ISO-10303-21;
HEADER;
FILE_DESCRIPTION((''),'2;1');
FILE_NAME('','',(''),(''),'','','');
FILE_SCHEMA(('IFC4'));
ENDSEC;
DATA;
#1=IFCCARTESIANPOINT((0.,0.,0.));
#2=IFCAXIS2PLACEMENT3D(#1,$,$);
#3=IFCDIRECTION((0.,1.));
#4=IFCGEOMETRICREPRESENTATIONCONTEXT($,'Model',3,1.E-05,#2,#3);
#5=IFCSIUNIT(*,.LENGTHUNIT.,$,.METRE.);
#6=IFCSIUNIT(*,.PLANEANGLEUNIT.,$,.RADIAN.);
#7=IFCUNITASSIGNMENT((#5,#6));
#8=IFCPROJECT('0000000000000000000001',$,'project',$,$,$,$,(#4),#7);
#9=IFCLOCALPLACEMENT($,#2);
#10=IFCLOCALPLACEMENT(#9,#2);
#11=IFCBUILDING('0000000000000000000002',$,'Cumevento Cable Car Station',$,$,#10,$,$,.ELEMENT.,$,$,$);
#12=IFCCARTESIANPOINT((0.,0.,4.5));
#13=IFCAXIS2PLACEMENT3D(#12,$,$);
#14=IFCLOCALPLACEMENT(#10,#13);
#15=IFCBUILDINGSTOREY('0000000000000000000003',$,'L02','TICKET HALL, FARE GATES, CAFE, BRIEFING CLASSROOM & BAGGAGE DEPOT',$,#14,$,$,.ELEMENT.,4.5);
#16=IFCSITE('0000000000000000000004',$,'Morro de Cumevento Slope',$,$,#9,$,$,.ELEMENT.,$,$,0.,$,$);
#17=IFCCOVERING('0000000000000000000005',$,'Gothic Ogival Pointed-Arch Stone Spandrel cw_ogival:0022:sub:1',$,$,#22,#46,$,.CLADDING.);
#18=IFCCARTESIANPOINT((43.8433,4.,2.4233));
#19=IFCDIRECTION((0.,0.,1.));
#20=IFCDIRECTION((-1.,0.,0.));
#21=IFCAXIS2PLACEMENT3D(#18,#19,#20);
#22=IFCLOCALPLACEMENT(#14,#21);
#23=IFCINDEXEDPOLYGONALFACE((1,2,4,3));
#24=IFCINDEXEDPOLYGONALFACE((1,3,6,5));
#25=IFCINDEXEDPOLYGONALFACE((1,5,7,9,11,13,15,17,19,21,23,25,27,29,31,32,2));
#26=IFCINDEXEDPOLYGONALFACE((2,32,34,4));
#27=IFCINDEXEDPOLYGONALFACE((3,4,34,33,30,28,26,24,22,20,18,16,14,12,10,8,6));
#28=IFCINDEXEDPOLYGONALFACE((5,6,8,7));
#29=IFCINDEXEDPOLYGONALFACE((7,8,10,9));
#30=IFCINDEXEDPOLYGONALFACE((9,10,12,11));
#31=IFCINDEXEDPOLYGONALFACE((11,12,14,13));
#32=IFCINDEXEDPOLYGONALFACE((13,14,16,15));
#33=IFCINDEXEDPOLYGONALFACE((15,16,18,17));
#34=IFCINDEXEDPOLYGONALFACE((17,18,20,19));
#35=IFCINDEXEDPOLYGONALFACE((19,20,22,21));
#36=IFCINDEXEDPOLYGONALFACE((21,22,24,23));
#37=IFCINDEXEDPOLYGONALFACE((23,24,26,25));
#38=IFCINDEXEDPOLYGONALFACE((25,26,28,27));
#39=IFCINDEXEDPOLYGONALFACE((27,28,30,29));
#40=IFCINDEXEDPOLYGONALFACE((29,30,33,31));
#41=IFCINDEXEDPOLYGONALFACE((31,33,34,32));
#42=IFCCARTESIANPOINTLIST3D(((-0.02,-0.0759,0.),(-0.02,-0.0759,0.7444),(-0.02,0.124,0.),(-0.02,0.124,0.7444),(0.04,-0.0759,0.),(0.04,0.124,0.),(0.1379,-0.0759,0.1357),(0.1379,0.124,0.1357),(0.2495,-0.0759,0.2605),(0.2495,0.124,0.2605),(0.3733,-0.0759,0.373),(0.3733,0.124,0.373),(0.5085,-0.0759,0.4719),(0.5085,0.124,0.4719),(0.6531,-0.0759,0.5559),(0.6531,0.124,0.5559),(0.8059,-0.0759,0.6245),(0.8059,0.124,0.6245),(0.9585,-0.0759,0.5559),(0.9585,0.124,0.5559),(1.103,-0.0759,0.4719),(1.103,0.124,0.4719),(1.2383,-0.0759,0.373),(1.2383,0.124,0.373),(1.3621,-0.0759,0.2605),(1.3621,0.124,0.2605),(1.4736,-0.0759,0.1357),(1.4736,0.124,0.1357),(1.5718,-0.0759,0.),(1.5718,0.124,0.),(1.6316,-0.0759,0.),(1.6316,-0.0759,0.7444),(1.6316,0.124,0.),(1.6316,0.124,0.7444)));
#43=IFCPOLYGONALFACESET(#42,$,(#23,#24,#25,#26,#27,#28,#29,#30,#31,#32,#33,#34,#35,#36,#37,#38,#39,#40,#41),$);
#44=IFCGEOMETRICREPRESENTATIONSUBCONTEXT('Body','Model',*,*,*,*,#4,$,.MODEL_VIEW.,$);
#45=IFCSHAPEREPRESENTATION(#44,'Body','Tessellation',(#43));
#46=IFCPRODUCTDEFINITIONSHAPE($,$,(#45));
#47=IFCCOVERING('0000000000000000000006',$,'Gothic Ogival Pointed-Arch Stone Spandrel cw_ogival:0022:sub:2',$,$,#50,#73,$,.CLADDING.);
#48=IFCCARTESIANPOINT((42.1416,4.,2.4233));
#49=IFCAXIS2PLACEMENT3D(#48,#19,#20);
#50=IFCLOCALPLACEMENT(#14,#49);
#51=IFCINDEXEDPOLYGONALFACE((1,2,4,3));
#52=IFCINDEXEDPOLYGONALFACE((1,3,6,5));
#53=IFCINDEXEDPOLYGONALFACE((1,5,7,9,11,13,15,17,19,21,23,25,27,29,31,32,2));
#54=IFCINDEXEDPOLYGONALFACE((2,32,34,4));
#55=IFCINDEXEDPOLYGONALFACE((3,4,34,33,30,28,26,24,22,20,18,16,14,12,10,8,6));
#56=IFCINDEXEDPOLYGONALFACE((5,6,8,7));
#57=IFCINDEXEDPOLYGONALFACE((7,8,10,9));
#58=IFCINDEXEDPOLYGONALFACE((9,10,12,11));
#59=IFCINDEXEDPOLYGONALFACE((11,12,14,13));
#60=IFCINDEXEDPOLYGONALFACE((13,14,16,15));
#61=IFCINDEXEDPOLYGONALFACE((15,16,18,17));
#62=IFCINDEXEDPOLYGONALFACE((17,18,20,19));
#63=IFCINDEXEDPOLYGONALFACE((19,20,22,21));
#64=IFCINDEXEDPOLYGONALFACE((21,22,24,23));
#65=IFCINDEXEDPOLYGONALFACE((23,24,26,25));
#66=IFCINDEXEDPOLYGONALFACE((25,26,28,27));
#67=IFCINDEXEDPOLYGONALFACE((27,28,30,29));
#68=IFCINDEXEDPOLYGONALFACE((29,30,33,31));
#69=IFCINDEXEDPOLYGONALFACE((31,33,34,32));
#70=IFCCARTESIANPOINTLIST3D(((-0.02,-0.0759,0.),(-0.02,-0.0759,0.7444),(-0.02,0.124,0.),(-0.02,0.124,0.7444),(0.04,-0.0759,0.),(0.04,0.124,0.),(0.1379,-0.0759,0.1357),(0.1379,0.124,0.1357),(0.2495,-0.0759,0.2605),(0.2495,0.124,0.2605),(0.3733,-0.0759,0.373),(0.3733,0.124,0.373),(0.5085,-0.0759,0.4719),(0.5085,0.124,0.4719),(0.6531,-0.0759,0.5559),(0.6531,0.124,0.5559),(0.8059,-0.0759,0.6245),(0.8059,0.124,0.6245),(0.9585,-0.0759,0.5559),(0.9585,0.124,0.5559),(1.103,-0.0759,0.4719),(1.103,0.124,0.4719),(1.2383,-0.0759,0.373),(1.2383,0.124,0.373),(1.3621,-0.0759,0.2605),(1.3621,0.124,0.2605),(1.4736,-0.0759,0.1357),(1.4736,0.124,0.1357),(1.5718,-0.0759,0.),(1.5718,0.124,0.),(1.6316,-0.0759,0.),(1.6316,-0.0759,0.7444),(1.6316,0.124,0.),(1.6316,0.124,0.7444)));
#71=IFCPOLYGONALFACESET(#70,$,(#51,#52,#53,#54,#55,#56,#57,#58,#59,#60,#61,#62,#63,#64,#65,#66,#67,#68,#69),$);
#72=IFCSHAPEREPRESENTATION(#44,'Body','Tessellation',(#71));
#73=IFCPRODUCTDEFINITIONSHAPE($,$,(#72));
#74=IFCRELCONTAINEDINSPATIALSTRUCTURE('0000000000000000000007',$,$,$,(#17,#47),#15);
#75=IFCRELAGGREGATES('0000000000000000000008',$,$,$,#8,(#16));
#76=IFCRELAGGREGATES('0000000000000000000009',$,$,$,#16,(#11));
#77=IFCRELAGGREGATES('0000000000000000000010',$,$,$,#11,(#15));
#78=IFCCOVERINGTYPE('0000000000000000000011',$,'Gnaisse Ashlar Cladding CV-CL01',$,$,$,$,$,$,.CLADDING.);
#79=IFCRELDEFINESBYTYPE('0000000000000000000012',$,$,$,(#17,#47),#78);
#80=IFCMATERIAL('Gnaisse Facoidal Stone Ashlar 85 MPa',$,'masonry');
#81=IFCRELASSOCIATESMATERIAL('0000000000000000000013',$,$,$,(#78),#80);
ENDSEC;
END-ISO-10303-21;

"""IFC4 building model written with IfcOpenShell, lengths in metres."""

from ifc_helpers import new_model, si_unit, direction, frame, origin, place, context, subcontext, project, spatial, polyline, outline, extrude, material, type_object, element, save


model = new_model("IFC4")

# Units and contexts
model_context = context("Model", 3, precision=1e-05, world=origin(), true_north=direction((0.0, 1.0)))
body_context = subcontext(model_context, "Body", "Model", "MODEL_VIEW")
ifc_project = project(units=[si_unit("LENGTHUNIT", "METRE"), si_unit("PLANEANGLEUNIT", "RADIAN")], contexts=[model_context])

# Site, building, storey
site_placement = place(None, origin())
site = spatial("IfcSite", under=ifc_project, at=site_placement, Name="Morro de Cumevento Slope", CompositionType="ELEMENT", RefElevation=0.0)
building_placement = place(site_placement, origin())
building = spatial("IfcBuilding", under=site, at=building_placement, Name="Cumevento Cable Car Station", CompositionType="ELEMENT")
storey_placement = place(building_placement, frame((0.0, 0.0, 4.5)))
storey = spatial("IfcBuildingStorey", under=building, at=storey_placement, Name="L02", Description="TICKET HALL, FARE GATES, CAFE, BRIEFING CLASSROOM & BAGGAGE DEPOT", CompositionType="ELEMENT", Elevation=4.5)

# Coverings
ifc_material_1 = material(Name="Gnaisse Facoidal Stone Ashlar 85 MPa", Category="masonry")
covering_type = type_object("IfcCoveringType", Name="Gnaisse Ashlar Cladding CV-CL01", PredefinedType="CLADDING", material=ifc_material_1)
for number, where, z_axis, x_axis, name in (
    (1, (43.8433, 4.0, 2.4233), (0.0, 0.0, 1.0), (-1.0, 0.0, 0.0), "Gothic Ogival Pointed-Arch Stone Spandrel cw_ogival:0022:sub:1"),
    (2, (42.1416, 4.0, 2.4233), (0.0, 0.0, 1.0), (-1.0, 0.0, 0.0), "Gothic Ogival Pointed-Arch Stone Spandrel cw_ogival:0022:sub:2"),
):
    element("IfcCovering", number, at=place(storey_placement, frame(where, z_axis=z_axis, x_axis=x_axis)), inside=storey, type_object=covering_type, Name=name, PredefinedType="CLADDING", context=body_context, shape_type="SweptSolid", body=[
        extrude(outline(polyline([(-0.02, 0.0), (-0.02, 0.7444), (1.6316, 0.7444), (1.6316, 0.0), (1.5718, 0.0), (1.4736, 0.1357), (1.3621, 0.2605), (1.2383, 0.373), (1.103, 0.4719), (0.9585, 0.5559), (0.8059, 0.6245), (0.6531, 0.5559), (0.5085, 0.4719), (0.3733, 0.373), (0.2495, 0.2605), (0.1379, 0.1357), (0.04, 0.0), (-0.02, 0.0)])), frame((0.0, 0.124, 0.0), z_axis=(0.0, -1.0, 0.0), x_axis=(1.0, 0.0, 0.0)), (0.0, 0.0, 1.0), 0.2),
    ])

save(model, "model.ifc")
